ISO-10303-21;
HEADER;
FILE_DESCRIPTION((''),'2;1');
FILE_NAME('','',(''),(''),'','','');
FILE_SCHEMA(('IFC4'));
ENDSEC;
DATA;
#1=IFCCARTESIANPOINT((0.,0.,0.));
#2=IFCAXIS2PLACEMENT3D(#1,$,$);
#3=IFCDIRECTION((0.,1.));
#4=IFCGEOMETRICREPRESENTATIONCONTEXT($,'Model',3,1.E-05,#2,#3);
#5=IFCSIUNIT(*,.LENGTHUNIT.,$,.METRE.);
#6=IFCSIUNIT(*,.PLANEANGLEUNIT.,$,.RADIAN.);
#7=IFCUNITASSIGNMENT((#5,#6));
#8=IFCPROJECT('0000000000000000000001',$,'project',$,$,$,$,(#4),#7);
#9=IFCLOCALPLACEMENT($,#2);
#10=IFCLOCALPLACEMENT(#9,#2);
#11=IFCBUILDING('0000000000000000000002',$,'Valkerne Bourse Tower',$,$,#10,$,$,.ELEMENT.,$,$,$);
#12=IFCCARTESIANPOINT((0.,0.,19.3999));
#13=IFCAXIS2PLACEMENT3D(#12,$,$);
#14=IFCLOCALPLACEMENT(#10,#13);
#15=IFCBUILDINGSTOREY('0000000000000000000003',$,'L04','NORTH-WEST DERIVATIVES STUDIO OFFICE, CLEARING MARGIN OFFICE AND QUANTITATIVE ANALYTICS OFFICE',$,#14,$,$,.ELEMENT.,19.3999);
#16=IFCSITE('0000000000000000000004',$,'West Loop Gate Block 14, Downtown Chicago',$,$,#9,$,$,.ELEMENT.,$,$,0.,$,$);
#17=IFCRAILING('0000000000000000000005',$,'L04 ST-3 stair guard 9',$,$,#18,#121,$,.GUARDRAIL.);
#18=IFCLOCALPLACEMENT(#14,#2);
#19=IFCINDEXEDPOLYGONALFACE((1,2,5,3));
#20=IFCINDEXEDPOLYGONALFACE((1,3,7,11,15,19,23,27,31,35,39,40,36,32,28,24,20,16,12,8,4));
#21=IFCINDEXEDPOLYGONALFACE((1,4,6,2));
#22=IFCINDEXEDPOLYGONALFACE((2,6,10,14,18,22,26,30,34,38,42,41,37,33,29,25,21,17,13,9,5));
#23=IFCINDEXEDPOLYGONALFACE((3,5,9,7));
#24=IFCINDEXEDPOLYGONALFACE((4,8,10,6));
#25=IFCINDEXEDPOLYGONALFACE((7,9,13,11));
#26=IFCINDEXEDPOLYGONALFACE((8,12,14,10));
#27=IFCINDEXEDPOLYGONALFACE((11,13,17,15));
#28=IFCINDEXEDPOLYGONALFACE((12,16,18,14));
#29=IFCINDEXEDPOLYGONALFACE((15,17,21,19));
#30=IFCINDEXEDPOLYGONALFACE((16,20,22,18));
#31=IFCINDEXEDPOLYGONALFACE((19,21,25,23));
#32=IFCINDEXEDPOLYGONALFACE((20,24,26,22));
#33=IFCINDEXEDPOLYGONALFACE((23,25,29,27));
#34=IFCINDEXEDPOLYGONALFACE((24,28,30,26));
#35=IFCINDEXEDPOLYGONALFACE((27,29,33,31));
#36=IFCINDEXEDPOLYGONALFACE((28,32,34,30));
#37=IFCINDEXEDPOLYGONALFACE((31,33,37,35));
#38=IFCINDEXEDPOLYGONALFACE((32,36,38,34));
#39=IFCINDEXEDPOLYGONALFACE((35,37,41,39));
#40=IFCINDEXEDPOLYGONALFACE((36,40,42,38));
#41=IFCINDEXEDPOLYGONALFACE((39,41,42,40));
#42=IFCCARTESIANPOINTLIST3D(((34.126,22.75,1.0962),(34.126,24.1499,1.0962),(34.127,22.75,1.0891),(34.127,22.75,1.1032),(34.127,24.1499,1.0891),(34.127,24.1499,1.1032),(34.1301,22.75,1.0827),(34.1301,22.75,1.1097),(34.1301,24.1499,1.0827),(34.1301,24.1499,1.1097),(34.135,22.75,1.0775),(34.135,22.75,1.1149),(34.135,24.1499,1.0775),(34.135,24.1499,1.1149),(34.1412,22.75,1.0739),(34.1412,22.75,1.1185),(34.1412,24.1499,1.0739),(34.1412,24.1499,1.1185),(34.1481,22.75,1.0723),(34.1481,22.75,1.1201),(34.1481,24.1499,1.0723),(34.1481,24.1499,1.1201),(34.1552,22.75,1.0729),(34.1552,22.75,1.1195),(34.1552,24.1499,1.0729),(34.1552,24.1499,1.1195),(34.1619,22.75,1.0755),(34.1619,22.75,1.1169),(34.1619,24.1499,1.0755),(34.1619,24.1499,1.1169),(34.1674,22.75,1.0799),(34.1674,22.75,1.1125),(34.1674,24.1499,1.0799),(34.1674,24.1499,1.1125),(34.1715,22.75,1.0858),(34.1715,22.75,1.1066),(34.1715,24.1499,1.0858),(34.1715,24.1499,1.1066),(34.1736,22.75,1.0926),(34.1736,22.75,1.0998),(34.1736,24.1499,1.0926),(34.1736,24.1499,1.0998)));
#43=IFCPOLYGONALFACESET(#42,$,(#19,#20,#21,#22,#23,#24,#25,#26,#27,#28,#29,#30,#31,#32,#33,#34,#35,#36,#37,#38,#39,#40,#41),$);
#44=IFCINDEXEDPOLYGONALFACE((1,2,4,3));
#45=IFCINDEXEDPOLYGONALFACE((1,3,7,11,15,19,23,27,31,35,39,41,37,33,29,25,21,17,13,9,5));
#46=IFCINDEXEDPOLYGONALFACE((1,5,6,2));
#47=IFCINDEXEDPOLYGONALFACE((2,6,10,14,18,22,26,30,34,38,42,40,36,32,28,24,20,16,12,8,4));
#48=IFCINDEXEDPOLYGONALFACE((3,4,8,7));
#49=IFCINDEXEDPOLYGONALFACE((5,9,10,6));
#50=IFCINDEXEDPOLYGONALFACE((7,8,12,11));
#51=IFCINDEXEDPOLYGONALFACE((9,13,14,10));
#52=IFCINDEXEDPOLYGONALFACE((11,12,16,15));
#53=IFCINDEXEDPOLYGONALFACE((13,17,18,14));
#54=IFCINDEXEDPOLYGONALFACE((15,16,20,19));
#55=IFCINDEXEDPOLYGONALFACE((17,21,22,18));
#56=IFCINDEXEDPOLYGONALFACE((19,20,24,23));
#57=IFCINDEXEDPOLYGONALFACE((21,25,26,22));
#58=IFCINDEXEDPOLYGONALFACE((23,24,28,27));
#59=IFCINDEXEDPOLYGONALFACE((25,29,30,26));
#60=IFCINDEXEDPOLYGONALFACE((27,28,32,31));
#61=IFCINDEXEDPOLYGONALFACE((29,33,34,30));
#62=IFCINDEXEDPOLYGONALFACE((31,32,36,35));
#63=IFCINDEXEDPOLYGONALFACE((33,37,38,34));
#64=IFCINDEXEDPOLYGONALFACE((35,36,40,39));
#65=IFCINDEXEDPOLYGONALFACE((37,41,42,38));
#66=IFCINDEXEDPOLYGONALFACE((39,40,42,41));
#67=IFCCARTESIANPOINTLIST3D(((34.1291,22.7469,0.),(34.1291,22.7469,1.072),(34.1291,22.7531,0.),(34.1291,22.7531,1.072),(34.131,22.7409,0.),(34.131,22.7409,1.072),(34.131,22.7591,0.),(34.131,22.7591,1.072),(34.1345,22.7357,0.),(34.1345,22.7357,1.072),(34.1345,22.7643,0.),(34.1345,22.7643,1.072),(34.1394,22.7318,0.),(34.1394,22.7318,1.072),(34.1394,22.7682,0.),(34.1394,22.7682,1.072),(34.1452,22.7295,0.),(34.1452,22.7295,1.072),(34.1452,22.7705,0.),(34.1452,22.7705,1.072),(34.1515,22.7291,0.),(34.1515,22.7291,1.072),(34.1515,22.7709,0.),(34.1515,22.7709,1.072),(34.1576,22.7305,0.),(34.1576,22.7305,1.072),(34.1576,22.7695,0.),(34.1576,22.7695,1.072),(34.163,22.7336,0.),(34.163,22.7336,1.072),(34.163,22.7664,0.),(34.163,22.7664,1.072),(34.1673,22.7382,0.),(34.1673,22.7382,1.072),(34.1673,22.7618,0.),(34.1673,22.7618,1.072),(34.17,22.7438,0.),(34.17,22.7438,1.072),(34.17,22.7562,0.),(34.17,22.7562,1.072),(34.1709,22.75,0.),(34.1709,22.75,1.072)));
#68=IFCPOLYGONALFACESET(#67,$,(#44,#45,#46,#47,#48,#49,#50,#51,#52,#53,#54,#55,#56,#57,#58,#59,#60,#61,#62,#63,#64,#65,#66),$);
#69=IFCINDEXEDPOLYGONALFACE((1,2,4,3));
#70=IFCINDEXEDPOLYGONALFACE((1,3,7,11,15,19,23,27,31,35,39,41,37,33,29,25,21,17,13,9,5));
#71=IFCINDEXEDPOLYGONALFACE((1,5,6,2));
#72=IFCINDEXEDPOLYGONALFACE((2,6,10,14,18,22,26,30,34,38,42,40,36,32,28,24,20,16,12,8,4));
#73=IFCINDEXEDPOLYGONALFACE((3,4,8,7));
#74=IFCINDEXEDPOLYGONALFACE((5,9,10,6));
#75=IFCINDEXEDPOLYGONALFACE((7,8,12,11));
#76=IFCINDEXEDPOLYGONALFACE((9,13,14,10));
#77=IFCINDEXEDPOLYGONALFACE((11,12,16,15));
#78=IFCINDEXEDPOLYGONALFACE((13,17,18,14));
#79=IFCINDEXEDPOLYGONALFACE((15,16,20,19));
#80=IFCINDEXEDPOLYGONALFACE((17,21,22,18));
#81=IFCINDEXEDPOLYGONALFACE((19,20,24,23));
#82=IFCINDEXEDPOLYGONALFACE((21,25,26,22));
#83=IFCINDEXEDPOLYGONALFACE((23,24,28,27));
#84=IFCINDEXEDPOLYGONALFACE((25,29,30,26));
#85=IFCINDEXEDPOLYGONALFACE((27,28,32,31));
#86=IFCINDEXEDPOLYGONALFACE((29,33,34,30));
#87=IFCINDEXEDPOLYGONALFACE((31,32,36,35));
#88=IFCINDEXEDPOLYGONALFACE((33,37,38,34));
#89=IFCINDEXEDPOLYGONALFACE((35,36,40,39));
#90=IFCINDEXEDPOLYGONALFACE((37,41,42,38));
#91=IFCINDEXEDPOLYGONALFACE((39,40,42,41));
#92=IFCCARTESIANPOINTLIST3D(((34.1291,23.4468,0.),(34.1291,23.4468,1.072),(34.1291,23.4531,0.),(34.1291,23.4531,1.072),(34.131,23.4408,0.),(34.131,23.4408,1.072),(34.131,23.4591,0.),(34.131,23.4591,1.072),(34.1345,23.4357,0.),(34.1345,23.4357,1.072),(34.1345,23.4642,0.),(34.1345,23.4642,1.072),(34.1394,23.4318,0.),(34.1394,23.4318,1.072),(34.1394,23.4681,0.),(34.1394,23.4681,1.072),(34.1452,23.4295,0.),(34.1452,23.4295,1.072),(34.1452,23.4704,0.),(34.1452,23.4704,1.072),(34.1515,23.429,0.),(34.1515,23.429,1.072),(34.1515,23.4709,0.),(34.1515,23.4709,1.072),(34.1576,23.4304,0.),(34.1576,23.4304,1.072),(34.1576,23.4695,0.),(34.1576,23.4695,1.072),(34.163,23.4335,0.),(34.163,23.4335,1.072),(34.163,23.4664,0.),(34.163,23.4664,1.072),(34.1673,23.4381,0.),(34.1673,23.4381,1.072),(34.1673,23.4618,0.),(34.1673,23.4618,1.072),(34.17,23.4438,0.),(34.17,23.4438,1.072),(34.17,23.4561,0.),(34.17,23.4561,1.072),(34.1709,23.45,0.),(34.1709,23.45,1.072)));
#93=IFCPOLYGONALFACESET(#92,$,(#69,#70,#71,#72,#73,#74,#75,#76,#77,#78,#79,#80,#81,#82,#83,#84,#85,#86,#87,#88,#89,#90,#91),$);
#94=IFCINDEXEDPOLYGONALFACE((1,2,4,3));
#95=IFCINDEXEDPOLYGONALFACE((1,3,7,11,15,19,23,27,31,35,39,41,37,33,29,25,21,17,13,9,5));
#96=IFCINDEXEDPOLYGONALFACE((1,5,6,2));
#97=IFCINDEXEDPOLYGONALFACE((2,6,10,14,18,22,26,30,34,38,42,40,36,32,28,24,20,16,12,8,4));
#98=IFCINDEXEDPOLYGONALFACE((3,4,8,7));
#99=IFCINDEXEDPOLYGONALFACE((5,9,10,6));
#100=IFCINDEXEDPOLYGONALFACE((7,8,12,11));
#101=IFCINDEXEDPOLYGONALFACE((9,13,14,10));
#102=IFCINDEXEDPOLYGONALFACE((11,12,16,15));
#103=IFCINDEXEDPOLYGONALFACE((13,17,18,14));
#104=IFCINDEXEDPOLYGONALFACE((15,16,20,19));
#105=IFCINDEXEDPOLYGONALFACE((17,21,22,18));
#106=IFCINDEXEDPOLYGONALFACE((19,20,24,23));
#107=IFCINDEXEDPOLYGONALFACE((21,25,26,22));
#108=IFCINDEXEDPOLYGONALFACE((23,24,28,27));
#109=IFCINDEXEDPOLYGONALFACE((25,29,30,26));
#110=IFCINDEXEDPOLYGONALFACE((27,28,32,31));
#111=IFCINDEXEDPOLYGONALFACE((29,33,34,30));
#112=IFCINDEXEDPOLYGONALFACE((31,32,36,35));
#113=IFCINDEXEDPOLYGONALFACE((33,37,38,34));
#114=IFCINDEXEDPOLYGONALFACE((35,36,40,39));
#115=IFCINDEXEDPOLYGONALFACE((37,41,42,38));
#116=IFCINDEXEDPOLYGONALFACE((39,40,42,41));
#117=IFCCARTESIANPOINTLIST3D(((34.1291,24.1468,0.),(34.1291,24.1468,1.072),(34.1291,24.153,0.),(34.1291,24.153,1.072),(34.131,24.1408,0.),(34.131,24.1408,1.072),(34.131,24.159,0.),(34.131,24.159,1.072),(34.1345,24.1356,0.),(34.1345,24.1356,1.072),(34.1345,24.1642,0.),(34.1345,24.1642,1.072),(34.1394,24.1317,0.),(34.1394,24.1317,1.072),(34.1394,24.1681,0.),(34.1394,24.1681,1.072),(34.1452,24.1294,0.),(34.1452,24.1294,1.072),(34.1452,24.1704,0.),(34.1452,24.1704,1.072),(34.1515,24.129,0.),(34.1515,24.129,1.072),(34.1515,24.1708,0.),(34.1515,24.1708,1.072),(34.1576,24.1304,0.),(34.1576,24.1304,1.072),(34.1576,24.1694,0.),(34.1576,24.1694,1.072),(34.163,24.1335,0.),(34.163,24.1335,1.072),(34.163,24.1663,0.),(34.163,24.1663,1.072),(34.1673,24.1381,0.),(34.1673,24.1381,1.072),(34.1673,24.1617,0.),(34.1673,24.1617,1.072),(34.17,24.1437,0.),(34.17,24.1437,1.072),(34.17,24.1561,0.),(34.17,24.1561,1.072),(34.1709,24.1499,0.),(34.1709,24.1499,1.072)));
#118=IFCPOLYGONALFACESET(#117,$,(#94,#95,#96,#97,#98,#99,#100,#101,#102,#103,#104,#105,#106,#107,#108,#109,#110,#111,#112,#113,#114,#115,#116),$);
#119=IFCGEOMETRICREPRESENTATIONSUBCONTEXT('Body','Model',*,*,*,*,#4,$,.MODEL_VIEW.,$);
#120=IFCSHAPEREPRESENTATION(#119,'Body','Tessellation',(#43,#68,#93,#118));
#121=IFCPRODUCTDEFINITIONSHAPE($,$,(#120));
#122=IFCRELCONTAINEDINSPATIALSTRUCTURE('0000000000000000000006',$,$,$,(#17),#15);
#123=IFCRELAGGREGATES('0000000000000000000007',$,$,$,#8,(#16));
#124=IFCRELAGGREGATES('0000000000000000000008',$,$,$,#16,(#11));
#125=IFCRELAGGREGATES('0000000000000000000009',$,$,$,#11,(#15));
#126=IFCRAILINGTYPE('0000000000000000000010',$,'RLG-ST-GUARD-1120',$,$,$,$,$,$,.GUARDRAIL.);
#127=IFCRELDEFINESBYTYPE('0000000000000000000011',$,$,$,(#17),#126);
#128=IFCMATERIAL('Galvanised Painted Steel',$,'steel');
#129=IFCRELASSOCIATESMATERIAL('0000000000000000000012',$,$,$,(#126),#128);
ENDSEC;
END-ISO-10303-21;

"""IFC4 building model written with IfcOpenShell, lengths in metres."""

from ifc_helpers import new_model, si_unit, direction, frame, origin, origin_2d, place, context, subcontext, project, spatial, circle, extrude, material, type_object, element, save


model = new_model("IFC4")

# Units and contexts
model_context = context("Model", 3, precision=1e-05, world=origin(), true_north=direction((0.0, 1.0)))
body_context = subcontext(model_context, "Body", "Model", "MODEL_VIEW")
ifc_project = project(units=[si_unit("LENGTHUNIT", "METRE"), si_unit("PLANEANGLEUNIT", "RADIAN")], contexts=[model_context])

# Site, building, storey
site_placement = place(None, origin())
site = spatial("IfcSite", under=ifc_project, at=site_placement, Name="West Loop Gate Block 14, Downtown Chicago", CompositionType="ELEMENT", RefElevation=0.0)
building_placement = place(site_placement, origin())
building = spatial("IfcBuilding", under=site, at=building_placement, Name="Valkerne Bourse Tower", CompositionType="ELEMENT")
storey_placement = place(building_placement, frame((0.0, 0.0, 19.3999)))
storey = spatial("IfcBuildingStorey", under=building, at=storey_placement, Name="L04", Description="NORTH-WEST DERIVATIVES STUDIO OFFICE, CLEARING MARGIN OFFICE AND QUANTITATIVE ANALYTICS OFFICE", CompositionType="ELEMENT", Elevation=19.3999)

# Shared definitions
ifc_material_1 = material(Name="Galvanised Painted Steel", Category="steel")

# Railing
railing_type_1 = type_object("IfcRailingType", Name="RLG-ST-GUARD-1120", PredefinedType="GUARDRAIL", material=ifc_material_1)
for number, where, name in (
    (1, (34.1499, 22.75, 0.0), "L04 ST-3 stair guard 9"),
):
    element("IfcRailing", number, at=place(storey_placement, frame(where)), inside=storey, type_object=railing_type_1, Name=name, PredefinedType="GUARDRAIL", context=body_context, shape_type="SweptSolid", body=[
        extrude(circle(Radius=0.0239, at=origin_2d()), frame((0.0, 0.0, 1.0962), z_axis=(0.0, 1.0, 0.0), x_axis=(-1.0, 0.0, 0.0)), (0.0, 0.0, 1.0), 1.3999),
        extrude(circle(Radius=0.021, at=origin_2d()), origin(), (0.0, 0.0, 1.0), 1.072),
        extrude(circle(Radius=0.021, at=origin_2d()), frame((0.0, 0.7, 0.0)), (0.0, 0.0, 1.0), 1.072),
        extrude(circle(Radius=0.021, at=origin_2d()), frame((0.0, 1.3999, 0.0)), (0.0, 0.0, 1.0), 1.072),
    ])

save(model, "model.ifc")
